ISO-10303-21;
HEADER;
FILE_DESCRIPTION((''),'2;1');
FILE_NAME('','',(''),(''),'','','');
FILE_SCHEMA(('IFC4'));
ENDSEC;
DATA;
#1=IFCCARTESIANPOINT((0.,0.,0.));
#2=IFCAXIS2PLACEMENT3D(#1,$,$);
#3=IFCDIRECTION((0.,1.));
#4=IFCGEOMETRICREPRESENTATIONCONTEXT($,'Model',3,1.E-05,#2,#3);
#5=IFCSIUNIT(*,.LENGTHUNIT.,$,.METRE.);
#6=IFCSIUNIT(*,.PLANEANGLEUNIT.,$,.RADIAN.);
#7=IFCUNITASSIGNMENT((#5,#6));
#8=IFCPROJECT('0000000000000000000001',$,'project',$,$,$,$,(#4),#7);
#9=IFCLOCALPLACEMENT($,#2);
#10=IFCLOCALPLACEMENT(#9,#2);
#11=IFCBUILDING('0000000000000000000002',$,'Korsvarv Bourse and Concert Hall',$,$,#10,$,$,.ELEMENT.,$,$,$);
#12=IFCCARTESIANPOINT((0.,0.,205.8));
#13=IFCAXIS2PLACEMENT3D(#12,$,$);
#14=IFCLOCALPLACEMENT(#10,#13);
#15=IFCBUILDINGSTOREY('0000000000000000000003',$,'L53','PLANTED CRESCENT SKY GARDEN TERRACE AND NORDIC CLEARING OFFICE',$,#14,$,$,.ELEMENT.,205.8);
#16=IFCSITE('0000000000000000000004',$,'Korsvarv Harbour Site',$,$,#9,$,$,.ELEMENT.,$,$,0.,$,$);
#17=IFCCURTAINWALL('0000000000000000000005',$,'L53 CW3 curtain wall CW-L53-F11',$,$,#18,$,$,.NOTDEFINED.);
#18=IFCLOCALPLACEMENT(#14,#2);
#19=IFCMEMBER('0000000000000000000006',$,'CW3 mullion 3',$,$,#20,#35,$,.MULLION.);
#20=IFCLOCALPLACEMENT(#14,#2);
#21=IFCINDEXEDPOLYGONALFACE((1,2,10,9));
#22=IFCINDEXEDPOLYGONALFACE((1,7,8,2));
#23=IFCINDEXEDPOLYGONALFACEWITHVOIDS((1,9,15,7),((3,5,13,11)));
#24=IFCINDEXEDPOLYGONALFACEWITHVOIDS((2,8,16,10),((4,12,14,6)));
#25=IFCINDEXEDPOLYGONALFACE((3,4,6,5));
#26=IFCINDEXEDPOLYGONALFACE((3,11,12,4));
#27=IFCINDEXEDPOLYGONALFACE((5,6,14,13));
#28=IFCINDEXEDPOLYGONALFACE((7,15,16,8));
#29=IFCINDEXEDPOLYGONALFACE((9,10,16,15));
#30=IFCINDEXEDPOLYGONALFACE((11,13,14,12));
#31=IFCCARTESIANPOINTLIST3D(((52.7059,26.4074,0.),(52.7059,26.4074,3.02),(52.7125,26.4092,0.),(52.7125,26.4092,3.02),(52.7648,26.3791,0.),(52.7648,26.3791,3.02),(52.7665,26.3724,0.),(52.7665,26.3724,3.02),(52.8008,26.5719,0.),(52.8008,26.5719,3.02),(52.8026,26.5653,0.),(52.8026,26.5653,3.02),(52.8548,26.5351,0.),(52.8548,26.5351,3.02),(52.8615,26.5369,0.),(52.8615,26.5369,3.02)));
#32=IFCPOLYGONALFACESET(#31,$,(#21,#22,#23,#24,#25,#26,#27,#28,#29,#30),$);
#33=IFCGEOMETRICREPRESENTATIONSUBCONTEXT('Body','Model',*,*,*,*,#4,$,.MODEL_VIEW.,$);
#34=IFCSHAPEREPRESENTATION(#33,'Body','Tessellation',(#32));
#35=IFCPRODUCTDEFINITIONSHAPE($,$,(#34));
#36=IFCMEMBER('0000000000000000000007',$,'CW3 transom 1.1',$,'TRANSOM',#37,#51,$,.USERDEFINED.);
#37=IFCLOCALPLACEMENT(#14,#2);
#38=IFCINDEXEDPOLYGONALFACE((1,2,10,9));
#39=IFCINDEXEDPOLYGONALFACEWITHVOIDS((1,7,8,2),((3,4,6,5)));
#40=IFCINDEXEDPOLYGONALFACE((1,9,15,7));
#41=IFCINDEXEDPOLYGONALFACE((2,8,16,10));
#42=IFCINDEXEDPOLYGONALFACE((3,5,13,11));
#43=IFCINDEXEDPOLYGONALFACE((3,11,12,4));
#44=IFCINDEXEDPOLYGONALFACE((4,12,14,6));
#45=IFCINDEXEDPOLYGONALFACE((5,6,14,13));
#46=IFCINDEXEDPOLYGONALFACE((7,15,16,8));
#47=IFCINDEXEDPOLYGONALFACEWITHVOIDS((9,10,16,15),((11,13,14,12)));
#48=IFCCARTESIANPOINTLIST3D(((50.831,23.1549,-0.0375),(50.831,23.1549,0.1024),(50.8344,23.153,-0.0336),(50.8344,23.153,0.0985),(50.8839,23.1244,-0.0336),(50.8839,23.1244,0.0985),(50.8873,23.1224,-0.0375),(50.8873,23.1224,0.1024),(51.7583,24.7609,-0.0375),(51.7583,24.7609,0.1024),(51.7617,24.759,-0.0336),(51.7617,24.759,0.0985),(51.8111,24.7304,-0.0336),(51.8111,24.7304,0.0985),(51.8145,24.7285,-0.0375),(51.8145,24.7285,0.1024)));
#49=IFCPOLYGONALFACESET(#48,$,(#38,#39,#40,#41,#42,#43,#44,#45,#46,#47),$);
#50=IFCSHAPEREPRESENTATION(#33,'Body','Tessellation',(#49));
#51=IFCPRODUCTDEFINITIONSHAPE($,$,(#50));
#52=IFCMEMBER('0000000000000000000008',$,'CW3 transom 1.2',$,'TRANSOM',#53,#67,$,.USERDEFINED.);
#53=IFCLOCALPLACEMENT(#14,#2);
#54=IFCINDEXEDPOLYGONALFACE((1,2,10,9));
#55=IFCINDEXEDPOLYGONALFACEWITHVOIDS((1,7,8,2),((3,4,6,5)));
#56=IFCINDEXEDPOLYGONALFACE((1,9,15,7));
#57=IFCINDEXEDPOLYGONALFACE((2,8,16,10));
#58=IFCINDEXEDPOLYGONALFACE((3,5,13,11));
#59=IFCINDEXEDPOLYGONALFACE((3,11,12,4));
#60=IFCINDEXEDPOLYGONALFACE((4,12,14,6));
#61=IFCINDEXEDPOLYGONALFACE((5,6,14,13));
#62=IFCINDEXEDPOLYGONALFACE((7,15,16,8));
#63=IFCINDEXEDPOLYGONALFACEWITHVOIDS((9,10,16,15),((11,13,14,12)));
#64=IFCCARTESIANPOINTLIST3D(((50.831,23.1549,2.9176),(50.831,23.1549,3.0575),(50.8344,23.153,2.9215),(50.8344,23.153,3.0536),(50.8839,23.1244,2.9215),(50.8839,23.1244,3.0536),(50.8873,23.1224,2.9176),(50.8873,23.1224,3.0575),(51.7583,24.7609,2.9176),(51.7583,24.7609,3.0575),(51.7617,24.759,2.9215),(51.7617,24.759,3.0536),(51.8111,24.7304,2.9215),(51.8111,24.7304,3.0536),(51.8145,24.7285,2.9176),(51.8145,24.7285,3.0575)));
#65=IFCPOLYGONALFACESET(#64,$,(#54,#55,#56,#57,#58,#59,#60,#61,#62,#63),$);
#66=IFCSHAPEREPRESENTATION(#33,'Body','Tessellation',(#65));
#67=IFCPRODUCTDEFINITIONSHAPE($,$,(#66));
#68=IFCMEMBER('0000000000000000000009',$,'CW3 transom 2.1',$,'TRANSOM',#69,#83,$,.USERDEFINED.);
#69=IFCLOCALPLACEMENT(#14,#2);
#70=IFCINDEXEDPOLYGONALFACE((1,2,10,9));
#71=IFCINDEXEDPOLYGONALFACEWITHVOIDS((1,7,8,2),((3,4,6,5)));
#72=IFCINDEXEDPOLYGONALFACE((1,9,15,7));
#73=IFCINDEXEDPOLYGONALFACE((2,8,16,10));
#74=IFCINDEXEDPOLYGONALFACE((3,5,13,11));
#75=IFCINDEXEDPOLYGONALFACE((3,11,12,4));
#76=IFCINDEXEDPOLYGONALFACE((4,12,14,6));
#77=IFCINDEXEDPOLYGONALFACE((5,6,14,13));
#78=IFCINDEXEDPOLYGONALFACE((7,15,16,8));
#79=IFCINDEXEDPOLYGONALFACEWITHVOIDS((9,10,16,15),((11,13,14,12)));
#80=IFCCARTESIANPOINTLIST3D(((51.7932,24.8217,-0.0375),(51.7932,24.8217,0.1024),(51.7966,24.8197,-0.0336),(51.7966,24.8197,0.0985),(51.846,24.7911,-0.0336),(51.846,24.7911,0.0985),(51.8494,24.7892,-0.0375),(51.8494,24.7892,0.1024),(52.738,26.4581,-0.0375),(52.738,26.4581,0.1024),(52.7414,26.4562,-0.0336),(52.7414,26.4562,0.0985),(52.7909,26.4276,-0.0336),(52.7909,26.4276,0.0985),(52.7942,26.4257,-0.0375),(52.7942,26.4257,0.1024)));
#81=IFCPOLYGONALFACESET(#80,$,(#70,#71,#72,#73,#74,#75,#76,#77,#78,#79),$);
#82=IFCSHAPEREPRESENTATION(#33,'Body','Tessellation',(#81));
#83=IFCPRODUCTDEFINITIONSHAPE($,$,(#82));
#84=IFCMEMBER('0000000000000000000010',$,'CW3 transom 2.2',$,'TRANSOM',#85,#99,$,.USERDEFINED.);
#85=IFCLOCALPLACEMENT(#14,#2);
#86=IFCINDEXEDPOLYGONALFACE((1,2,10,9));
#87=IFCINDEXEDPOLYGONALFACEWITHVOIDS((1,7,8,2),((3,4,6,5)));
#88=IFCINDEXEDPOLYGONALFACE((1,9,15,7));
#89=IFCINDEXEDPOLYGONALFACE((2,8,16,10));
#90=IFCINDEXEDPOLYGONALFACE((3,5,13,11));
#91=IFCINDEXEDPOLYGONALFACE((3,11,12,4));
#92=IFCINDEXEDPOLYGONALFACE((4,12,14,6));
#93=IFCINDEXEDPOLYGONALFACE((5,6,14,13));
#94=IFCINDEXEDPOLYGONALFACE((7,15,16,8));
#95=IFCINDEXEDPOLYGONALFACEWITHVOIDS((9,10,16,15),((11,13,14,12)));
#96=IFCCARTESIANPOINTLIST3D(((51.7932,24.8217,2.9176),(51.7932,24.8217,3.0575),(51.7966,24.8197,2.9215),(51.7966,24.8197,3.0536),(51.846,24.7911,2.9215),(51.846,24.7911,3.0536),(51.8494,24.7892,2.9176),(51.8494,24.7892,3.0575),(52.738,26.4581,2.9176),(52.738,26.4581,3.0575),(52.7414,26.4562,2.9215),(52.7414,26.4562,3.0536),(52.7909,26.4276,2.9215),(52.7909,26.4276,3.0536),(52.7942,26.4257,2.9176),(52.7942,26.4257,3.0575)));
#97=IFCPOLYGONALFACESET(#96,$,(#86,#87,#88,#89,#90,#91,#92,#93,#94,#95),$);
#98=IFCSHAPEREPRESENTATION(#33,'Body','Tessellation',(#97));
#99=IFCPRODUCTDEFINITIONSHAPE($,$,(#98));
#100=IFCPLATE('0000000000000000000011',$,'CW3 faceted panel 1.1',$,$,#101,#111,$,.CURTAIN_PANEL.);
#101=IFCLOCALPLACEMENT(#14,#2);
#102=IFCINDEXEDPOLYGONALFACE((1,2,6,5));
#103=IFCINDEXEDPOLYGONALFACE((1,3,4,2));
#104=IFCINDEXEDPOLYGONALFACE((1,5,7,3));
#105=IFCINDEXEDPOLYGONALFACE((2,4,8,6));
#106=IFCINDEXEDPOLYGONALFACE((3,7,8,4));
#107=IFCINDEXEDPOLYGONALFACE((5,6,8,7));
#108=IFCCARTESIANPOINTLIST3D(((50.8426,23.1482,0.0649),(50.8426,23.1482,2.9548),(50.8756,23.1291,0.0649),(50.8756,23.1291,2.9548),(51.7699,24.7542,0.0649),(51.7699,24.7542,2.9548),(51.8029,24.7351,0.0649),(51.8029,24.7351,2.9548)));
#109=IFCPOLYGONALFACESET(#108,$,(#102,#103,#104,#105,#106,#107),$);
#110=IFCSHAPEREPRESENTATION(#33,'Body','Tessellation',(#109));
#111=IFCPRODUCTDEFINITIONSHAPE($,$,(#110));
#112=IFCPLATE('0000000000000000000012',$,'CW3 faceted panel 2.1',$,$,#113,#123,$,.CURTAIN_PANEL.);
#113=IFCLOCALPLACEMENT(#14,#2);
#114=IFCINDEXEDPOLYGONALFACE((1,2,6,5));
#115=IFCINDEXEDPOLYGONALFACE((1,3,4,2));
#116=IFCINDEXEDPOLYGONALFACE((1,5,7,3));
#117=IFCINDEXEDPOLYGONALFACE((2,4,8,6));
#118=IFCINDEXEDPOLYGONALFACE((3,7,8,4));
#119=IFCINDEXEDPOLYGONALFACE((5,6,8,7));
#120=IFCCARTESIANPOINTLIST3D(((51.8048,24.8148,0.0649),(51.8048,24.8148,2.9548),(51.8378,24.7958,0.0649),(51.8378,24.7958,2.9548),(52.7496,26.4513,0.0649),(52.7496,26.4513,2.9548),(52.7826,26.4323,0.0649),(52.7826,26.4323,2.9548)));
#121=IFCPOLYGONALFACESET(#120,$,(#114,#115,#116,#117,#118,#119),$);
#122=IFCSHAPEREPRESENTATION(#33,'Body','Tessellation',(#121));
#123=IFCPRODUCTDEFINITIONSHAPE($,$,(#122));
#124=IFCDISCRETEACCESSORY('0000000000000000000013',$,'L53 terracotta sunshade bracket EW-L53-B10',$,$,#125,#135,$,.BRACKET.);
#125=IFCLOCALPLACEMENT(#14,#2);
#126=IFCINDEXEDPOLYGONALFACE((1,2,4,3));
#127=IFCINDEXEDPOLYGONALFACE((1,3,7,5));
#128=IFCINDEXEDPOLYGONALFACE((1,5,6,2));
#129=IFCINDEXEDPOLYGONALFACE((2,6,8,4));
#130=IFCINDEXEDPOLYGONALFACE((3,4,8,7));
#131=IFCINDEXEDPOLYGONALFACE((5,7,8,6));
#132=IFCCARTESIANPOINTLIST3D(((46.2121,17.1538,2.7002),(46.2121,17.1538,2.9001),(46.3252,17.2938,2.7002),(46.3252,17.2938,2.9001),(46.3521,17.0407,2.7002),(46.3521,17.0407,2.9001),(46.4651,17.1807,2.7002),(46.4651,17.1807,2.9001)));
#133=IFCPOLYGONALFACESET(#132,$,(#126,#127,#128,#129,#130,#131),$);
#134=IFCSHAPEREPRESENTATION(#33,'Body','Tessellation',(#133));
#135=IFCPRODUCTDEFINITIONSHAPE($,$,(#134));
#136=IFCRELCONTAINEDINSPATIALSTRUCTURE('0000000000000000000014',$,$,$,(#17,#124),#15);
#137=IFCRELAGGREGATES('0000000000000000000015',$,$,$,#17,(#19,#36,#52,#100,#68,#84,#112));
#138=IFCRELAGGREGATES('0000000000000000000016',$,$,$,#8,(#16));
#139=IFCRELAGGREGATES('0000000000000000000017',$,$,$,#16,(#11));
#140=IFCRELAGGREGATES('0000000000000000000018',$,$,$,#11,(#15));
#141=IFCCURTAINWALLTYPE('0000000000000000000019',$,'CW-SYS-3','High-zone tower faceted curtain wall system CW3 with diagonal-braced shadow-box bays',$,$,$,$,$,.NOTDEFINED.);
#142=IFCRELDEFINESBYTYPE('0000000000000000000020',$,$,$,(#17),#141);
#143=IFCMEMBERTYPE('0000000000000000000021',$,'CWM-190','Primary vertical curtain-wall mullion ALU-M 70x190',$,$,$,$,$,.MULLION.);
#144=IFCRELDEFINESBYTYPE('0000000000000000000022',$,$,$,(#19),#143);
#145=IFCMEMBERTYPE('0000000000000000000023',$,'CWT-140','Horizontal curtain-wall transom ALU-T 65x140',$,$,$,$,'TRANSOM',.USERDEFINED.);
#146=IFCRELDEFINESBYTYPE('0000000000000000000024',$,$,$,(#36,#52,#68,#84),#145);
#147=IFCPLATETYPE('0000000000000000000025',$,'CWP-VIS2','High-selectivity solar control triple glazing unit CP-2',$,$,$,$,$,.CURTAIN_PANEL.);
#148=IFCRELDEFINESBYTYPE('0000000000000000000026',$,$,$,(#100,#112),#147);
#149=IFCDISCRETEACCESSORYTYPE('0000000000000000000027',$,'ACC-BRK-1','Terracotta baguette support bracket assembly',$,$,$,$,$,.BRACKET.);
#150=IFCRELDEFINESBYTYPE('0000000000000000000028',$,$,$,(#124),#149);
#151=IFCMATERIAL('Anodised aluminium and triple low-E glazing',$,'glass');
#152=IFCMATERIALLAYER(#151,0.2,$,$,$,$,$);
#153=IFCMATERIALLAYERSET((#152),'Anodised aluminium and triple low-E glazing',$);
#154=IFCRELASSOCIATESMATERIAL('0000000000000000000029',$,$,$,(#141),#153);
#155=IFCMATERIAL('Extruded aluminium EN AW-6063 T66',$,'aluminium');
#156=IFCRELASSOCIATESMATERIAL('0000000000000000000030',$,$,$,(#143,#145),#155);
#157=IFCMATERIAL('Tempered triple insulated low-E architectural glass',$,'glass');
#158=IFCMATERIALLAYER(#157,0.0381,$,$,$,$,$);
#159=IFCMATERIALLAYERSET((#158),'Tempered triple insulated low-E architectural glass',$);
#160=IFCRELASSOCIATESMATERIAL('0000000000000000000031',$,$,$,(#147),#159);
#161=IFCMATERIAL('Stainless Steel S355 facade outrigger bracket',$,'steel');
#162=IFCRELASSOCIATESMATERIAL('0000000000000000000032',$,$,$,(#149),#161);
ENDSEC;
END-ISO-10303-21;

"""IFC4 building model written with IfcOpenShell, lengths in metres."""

from ifc_helpers import new_model, si_unit, direction, frame, origin, origin_2d, place, context, subcontext, project, spatial, rectangle, hollow_rectangle, extrude, source, transform, mapped, material, layer, layer_set, material_profile, profile_set, type_object, element, aggregate, save


model = new_model("IFC4")

# Units and contexts
model_context = context("Model", 3, precision=1e-05, world=origin(), true_north=direction((0.0, 1.0)))
body_context = subcontext(model_context, "Body", "Model", "MODEL_VIEW")
ifc_project = project(units=[si_unit("LENGTHUNIT", "METRE"), si_unit("PLANEANGLEUNIT", "RADIAN")], contexts=[model_context])

# Site, building, storey
site_placement = place(None, origin())
site = spatial("IfcSite", under=ifc_project, at=site_placement, Name="Korsvarv Harbour Site", CompositionType="ELEMENT", RefElevation=0.0)
building_placement = place(site_placement, origin())
building = spatial("IfcBuilding", under=site, at=building_placement, Name="Korsvarv Bourse and Concert Hall", CompositionType="ELEMENT")
storey_placement = place(building_placement, frame((0.0, 0.0, 205.8)))
storey = spatial("IfcBuildingStorey", under=building, at=storey_placement, Name="L53", Description="PLANTED CRESCENT SKY GARDEN TERRACE AND NORDIC CLEARING OFFICE", CompositionType="ELEMENT", Elevation=205.8)

# Curtain wall, members, plates
ifc_material_1 = material(Name="Anodised aluminium and triple low-E glazing", Category="glass")
ifc_layer_1 = layer(ifc_material_1, 0.2)
ifc_layer_set_1 = layer_set([ifc_layer_1], Name="Anodised aluminium and triple low-E glazing")
curtain_wall_type = type_object("IfcCurtainWallType", Name="CW-SYS-3", Description="High-zone tower faceted curtain wall system CW3 with diagonal-braced shadow-box bays", PredefinedType="NOTDEFINED", material=ifc_layer_set_1)
curtain_wall_placement = place(storey_placement, origin())
curtain_wall = element("IfcCurtainWall", 1, at=curtain_wall_placement, inside=storey, type_object=curtain_wall_type, Name="L53 CW3 curtain wall CW-L53-F11", PredefinedType="NOTDEFINED")
ifc_material_2 = material(Name="Extruded aluminium EN AW-6063 T66", Category="aluminium")
ifc_material_profile_1 = material_profile(ifc_material_2, hollow_rectangle(XDim=0.0701, YDim=0.1899, WallThickness=0.0049, at=origin_2d()), Name="ALU-M 70x190")
ifc_profile_set_1 = profile_set([ifc_material_profile_1], Name="Extruded aluminium EN AW-6063 T66")
member_type_1 = type_object("IfcMemberType", Name="CWM-190", Description="Primary vertical curtain-wall mullion ALU-M 70x190", PredefinedType="MULLION", material=ifc_profile_set_1)
shared_shape_1 = source(origin(), body_context, "Body", "SweptSolid", [
    extrude(hollow_rectangle(XDim=0.0701, YDim=0.1899, WallThickness=0.0049, at=origin_2d()), origin(), (0.0, 0.0, 1.0), 3.02),
])
member_1_placement = place(storey_placement, frame((52.7837, 26.4722, 0.0), z_axis=(0.0, 0.0, 1.0), x_axis=(-0.866027, 0.499997, 0.0)))
member_1 = element("IfcMember", 2, at=member_1_placement, type_object=member_type_1, Name="CW3 mullion 3", PredefinedType="MULLION", context=body_context, shape_type="MappedRepresentation", body=[
    mapped(shared_shape_1, transform((0.0, 0.0, 0.0), scale=1.0)),
])
ifc_material_profile_2 = material_profile(ifc_material_2, hollow_rectangle(XDim=0.0649, YDim=0.1399, WallThickness=0.0039, at=origin_2d()), Name="ALU-T 65x140")
ifc_profile_set_2 = profile_set([ifc_material_profile_2], Name="Extruded aluminium EN AW-6063 T66")
member_type_2 = type_object("IfcMemberType", Name="CWT-140", Description="Horizontal curtain-wall transom ALU-T 65x140", ElementType="TRANSOM", PredefinedType="USERDEFINED", material=ifc_profile_set_2)
shared_shape_2 = source(origin(), body_context, "Body", "SweptSolid", [
    extrude(hollow_rectangle(XDim=0.0649, YDim=0.1399, WallThickness=0.0039, at=origin_2d()), origin(), (0.0, 0.0, 1.0), 1.8545),
])
member_2_placement = place(storey_placement, frame((50.8591, 23.1387, 0.0325), z_axis=(0.500019, 0.866015, 0.0), x_axis=(-0.866015, 0.500019, 0.0)))
member_2 = element("IfcMember", 3, at=member_2_placement, type_object=member_type_2, Name="CW3 transom 1.1", ObjectType="TRANSOM", PredefinedType="USERDEFINED", context=body_context, shape_type="MappedRepresentation", body=[
    mapped(shared_shape_2, transform((0.0, 0.0, 0.0), scale=1.0)),
])
member_3_placement = place(storey_placement, frame((50.8591, 23.1387, 2.9875), z_axis=(0.500019, 0.866015, 0.0), x_axis=(-0.866015, 0.500019, 0.0)))
member_3 = element("IfcMember", 4, at=member_3_placement, type_object=member_type_2, Name="CW3 transom 1.2", ObjectType="TRANSOM", PredefinedType="USERDEFINED", context=body_context, shape_type="MappedRepresentation", body=[
    mapped(shared_shape_2, transform((0.0, 0.0, 0.0), scale=1.0)),
])
shared_shape_3 = source(origin(), body_context, "Body", "SweptSolid", [
    extrude(hollow_rectangle(XDim=0.0649, YDim=0.1399, WallThickness=0.0039, at=origin_2d()), origin(), (0.0, 0.0, 1.0), 1.8896),
])
member_4_placement = place(storey_placement, frame((51.8213, 24.8054, 0.0325), z_axis=(0.500002, 0.866024, 0.0), x_axis=(-0.866024, 0.500002, 0.0)))
member_4 = element("IfcMember", 5, at=member_4_placement, type_object=member_type_2, Name="CW3 transom 2.1", ObjectType="TRANSOM", PredefinedType="USERDEFINED", context=body_context, shape_type="MappedRepresentation", body=[
    mapped(shared_shape_3, transform((0.0, 0.0, 0.0), scale=1.0)),
])
member_5_placement = place(storey_placement, frame((51.8213, 24.8054, 2.9875), z_axis=(0.500002, 0.866024, 0.0), x_axis=(-0.866024, 0.500002, 0.0)))
member_5 = element("IfcMember", 6, at=member_5_placement, type_object=member_type_2, Name="CW3 transom 2.2", ObjectType="TRANSOM", PredefinedType="USERDEFINED", context=body_context, shape_type="MappedRepresentation", body=[
    mapped(shared_shape_3, transform((0.0, 0.0, 0.0), scale=1.0)),
])
ifc_material_3 = material(Name="Tempered triple insulated low-E architectural glass", Category="glass")
ifc_layer_2 = layer(ifc_material_3, 0.0381)
ifc_layer_set_2 = layer_set([ifc_layer_2], Name="Tempered triple insulated low-E architectural glass")
plate_type = type_object("IfcPlateType", Name="CWP-VIS2", Description="High-selectivity solar control triple glazing unit CP-2", PredefinedType="CURTAIN_PANEL", material=ifc_layer_set_2)
shared_shape_4 = source(origin(), body_context, "Body", "SweptSolid", [
    extrude(rectangle(XDim=1.8545, YDim=0.0381, at=origin_2d()), origin(), (0.0, 0.0, 1.0), 2.8899),
])
plate_1_placement = place(storey_placement, frame((51.3228, 23.9417, 0.0649), z_axis=(0.0, 0.0, 1.0), x_axis=(0.499997, 0.866027, 0.0)))
plate_1 = element("IfcPlate", 7, at=plate_1_placement, type_object=plate_type, Name="CW3 faceted panel 1.1", PredefinedType="CURTAIN_PANEL", context=body_context, shape_type="MappedRepresentation", body=[
    mapped(shared_shape_4, transform((0.0, 0.0, 0.0), scale=1.0)),
])
shared_shape_5 = source(origin(), body_context, "Body", "SweptSolid", [
    extrude(rectangle(XDim=1.8896, YDim=0.0381, at=origin_2d()), origin(), (0.0, 0.0, 1.0), 2.8899),
])
plate_2_placement = place(storey_placement, frame((52.2937, 25.6235, 0.0649), z_axis=(0.0, 0.0, 1.0), x_axis=(0.499997, 0.866027, 0.0)))
plate_2 = element("IfcPlate", 8, at=plate_2_placement, type_object=plate_type, Name="CW3 faceted panel 2.1", PredefinedType="CURTAIN_PANEL", context=body_context, shape_type="MappedRepresentation", body=[
    mapped(shared_shape_5, transform((0.0, 0.0, 0.0), scale=1.0)),
])
aggregate(curtain_wall, [member_1, member_2, member_3, plate_1, member_4, member_5, plate_2])

# Discrete accessory
ifc_material_4 = material(Name="Stainless Steel S355 facade outrigger bracket", Category="steel")
discrete_accessory_type = type_object("IfcDiscreteAccessoryType", Name="ACC-BRK-1", Description="Terracotta baguette support bracket assembly", PredefinedType="BRACKET", material=ifc_material_4)
shared_shape_6 = source(origin(), body_context, "Body", "SweptSolid", [
    extrude(rectangle(XDim=0.1799, YDim=0.1799, at=origin_2d()), origin(), (0.0, 0.0, 1.0), 0.2),
])
discrete_accessory_placement = place(storey_placement, frame((46.3386, 17.1672, 2.7002), z_axis=(0.0, 0.0, 1.0), x_axis=(0.628506, 0.777805, 0.0)))
element("IfcDiscreteAccessory", 9, at=discrete_accessory_placement, inside=storey, type_object=discrete_accessory_type, Name="L53 terracotta sunshade bracket EW-L53-B10", PredefinedType="BRACKET", context=body_context, shape_type="MappedRepresentation", body=[
    mapped(shared_shape_6, transform((0.0, 0.0, 0.0), scale=1.0)),
])

save(model, "model.ifc")
